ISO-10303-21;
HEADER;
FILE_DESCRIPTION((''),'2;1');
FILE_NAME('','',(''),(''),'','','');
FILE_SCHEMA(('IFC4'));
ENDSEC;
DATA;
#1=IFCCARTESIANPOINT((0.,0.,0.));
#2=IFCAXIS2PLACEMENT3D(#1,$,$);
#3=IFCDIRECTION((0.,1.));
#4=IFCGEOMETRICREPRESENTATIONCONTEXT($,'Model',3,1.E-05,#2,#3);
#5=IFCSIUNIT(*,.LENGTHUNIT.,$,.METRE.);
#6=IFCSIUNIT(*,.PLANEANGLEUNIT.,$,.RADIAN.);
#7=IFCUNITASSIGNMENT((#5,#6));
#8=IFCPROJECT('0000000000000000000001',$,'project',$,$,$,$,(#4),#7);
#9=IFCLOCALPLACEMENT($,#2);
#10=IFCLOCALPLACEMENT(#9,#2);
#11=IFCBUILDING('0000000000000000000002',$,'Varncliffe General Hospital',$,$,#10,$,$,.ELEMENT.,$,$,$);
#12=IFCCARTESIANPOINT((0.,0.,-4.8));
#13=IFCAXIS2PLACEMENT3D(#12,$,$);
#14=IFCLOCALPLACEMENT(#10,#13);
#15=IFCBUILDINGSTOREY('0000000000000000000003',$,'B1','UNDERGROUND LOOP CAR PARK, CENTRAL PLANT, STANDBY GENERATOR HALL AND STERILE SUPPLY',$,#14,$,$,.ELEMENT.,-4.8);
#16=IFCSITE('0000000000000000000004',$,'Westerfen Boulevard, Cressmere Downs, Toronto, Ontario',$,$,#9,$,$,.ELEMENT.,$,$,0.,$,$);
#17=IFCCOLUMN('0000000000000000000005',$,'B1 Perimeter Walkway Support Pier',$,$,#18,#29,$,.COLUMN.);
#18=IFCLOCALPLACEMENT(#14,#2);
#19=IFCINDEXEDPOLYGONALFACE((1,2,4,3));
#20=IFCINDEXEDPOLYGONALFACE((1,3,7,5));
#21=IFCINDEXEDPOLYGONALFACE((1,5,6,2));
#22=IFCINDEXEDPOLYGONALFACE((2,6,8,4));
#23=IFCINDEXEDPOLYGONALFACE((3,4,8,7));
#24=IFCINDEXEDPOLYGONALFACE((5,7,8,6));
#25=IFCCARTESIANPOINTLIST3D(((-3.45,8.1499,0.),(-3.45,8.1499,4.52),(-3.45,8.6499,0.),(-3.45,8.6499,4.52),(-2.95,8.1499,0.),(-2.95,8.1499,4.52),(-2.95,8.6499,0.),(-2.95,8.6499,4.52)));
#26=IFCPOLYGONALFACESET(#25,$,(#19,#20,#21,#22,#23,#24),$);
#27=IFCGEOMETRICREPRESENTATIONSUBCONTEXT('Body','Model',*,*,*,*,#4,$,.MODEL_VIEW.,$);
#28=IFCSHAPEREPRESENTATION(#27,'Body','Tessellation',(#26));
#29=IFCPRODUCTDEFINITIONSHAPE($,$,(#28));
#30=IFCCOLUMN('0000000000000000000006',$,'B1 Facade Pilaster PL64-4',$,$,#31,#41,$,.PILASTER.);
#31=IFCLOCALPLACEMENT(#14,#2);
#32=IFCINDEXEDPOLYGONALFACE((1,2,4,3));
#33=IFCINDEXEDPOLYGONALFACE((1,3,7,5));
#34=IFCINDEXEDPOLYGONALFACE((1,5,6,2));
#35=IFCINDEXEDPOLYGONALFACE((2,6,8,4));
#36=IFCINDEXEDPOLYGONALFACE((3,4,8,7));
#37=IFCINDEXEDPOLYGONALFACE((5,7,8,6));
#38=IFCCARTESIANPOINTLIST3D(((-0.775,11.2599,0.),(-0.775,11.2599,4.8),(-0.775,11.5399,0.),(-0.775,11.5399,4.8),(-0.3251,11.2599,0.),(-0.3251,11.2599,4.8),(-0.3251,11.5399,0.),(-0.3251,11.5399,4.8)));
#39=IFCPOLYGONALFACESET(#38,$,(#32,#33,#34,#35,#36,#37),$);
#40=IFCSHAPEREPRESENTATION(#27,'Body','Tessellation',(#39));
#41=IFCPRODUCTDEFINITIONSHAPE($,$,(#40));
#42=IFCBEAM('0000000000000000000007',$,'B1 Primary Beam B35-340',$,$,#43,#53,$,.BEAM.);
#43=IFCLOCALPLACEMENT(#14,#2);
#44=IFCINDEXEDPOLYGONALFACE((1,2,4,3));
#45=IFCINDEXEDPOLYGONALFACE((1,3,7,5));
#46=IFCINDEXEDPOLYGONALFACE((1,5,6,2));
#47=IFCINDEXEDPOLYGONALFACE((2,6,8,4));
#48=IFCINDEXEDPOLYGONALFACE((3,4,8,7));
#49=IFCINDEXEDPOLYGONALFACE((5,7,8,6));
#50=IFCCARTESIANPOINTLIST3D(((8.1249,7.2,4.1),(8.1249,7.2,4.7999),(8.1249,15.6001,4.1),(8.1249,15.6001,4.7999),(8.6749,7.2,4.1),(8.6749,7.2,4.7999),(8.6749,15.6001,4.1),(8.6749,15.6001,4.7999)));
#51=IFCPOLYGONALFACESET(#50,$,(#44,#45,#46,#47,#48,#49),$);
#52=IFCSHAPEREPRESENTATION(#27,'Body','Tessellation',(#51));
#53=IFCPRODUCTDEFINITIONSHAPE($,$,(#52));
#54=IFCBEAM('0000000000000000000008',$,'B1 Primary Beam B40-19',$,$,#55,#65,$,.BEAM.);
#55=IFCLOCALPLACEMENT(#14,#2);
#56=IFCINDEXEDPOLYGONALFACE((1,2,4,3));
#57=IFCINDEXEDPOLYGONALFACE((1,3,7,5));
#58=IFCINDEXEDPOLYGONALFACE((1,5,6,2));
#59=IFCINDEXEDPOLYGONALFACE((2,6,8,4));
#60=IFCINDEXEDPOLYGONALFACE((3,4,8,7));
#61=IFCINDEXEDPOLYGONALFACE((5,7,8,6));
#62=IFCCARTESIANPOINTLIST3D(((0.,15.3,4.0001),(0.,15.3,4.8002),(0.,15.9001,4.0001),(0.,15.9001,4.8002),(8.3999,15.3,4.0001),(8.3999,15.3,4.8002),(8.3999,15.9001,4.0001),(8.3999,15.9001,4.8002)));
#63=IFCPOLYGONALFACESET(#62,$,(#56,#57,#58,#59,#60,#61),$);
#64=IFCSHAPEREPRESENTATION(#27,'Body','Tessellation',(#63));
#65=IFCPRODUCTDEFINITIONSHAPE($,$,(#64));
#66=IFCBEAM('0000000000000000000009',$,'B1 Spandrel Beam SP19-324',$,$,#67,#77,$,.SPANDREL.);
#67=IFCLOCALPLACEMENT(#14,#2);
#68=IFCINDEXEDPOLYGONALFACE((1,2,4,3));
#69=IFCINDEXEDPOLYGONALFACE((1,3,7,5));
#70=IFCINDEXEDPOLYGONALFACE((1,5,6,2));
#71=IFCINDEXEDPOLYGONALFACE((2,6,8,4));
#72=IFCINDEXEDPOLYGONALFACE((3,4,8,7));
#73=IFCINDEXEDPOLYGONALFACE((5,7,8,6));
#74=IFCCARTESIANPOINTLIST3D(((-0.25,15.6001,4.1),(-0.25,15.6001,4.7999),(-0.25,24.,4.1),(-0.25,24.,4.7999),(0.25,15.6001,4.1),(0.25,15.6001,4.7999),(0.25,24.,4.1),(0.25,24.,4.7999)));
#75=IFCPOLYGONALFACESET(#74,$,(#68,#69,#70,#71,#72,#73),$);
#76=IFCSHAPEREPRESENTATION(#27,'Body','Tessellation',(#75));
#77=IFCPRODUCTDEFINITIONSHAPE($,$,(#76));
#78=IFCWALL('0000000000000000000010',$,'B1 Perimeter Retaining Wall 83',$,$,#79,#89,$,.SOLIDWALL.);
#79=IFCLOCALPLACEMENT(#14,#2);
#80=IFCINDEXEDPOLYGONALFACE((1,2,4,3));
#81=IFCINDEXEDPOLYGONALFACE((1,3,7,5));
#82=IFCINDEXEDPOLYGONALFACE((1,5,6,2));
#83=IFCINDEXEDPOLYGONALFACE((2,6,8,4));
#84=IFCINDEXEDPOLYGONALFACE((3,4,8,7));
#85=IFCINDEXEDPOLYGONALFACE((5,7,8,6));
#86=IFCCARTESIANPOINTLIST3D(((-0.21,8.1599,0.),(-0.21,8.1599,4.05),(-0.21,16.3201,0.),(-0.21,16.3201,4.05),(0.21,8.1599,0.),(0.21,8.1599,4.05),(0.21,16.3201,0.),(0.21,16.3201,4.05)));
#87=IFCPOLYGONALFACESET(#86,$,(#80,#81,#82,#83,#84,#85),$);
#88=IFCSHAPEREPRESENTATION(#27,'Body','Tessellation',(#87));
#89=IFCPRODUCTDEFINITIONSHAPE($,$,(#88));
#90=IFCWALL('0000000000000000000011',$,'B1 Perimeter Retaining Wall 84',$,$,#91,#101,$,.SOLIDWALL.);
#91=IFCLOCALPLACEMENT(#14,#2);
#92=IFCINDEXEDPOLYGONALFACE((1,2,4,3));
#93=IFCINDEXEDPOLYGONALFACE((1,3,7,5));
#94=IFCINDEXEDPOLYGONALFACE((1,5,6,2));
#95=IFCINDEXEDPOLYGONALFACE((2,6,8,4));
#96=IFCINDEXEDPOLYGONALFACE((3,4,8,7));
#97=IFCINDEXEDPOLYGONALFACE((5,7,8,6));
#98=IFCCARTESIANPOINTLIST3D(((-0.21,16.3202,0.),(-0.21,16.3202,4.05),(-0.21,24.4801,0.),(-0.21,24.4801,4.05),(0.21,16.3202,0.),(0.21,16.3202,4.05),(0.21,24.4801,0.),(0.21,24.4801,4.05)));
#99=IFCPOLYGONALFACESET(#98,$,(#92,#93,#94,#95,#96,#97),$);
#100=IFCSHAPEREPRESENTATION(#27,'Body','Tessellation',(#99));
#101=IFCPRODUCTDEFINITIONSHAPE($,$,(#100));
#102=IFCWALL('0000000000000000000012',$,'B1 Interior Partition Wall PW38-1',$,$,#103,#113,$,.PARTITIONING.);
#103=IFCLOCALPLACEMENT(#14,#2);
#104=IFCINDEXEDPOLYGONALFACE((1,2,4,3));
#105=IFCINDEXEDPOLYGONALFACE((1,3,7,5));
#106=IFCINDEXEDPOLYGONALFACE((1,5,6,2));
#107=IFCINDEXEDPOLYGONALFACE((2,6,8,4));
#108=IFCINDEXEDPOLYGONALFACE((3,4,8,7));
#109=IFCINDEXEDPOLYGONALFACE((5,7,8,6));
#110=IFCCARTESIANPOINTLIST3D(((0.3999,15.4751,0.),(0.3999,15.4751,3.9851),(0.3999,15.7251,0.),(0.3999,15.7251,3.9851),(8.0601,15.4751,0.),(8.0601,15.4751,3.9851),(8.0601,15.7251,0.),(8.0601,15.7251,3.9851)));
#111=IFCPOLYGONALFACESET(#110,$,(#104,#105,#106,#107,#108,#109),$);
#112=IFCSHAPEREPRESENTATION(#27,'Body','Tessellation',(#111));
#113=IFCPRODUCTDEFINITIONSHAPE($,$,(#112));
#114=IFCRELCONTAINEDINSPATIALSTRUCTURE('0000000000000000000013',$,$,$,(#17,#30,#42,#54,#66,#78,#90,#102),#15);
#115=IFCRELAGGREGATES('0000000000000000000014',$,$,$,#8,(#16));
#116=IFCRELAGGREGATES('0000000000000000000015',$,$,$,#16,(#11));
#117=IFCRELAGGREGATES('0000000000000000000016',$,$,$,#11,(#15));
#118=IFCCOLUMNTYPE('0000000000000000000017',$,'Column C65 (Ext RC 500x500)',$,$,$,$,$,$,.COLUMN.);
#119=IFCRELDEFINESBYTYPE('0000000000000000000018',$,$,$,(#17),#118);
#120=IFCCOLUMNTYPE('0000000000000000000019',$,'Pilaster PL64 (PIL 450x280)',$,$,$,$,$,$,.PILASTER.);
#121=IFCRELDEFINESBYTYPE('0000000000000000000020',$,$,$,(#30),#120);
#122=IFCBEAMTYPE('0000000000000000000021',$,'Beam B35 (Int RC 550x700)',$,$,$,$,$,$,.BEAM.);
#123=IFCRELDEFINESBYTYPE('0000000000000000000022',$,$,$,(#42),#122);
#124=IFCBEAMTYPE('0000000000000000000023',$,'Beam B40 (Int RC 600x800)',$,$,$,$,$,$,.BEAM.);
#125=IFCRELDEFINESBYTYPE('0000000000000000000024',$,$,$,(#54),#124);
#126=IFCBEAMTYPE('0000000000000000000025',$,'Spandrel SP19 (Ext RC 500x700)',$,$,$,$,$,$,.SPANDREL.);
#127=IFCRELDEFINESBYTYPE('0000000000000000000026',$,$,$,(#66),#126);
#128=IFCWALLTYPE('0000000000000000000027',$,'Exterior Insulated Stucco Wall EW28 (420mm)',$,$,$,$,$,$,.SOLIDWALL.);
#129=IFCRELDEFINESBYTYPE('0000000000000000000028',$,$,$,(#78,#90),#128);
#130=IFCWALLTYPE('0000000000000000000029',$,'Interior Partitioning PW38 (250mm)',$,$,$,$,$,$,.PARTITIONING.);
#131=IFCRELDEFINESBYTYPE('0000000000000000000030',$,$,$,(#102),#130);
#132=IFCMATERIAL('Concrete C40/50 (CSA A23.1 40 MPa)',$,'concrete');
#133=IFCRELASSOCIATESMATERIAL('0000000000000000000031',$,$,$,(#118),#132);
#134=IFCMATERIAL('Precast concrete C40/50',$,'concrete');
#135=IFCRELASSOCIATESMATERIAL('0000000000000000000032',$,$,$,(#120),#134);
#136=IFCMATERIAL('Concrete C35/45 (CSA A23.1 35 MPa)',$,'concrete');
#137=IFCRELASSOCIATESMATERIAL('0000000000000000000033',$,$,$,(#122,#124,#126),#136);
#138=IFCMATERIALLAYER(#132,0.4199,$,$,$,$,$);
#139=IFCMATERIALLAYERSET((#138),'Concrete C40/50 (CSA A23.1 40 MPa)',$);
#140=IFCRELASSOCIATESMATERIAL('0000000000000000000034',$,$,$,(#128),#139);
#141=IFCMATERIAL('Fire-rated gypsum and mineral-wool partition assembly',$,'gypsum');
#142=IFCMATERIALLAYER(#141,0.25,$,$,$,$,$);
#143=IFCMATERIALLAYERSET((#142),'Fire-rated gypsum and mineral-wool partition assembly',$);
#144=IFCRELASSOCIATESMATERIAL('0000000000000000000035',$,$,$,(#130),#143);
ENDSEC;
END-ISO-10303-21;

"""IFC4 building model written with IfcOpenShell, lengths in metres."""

from ifc_helpers import new_model, si_unit, direction, frame, frame_2d, origin, origin_2d, place, context, subcontext, project, spatial, rectangle, extrude, material, layer, layer_set, material_profile, profile_set, type_object, element, save


model = new_model("IFC4")

# Units and contexts
model_context = context("Model", 3, precision=1e-05, world=origin(), true_north=direction((0.0, 1.0)))
body_context = subcontext(model_context, "Body", "Model", "MODEL_VIEW")
ifc_project = project(units=[si_unit("LENGTHUNIT", "METRE"), si_unit("PLANEANGLEUNIT", "RADIAN")], contexts=[model_context])

# Site, building, storey
site_placement = place(None, origin())
site = spatial("IfcSite", under=ifc_project, at=site_placement, Name="Westerfen Boulevard, Cressmere Downs, Toronto, Ontario", CompositionType="ELEMENT", RefElevation=0.0)
building_placement = place(site_placement, origin())
building = spatial("IfcBuilding", under=site, at=building_placement, Name="Varncliffe General Hospital", CompositionType="ELEMENT")
storey_placement = place(building_placement, frame((0.0, 0.0, -4.8)))
storey = spatial("IfcBuildingStorey", under=building, at=storey_placement, Name="B1", Description="UNDERGROUND LOOP CAR PARK, CENTRAL PLANT, STANDBY GENERATOR HALL AND STERILE SUPPLY", CompositionType="ELEMENT", Elevation=-4.8)

# Shared definitions
ifc_material_1 = material(Name="Concrete C40/50 (CSA A23.1 40 MPa)", Category="concrete")

# Columns
ifc_material_profile_1 = material_profile(ifc_material_1, rectangle(XDim=0.5, YDim=0.5, at=origin_2d()), Name="RC 500x500")
ifc_profile_set_1 = profile_set([ifc_material_profile_1], Name="Concrete C40/50 (CSA A23.1 40 MPa)")
column_type_1 = type_object("IfcColumnType", Name="Column C65 (Ext RC 500x500)", PredefinedType="COLUMN", material=ifc_profile_set_1)
column_1_placement = place(storey_placement, frame((-3.2, 8.3999, 0.0), z_axis=(0.0, 0.0, 1.0), x_axis=(1.0, 0.0, 0.0)))
element("IfcColumn", 1, at=column_1_placement, inside=storey, type_object=column_type_1, Name="B1 Perimeter Walkway Support Pier", PredefinedType="COLUMN", context=body_context, shape_type="SweptSolid", body=[
    extrude(rectangle(XDim=0.5, YDim=0.5, at=origin_2d()), origin(), (0.0, 0.0, 1.0), 4.52),
])
ifc_material_2 = material(Name="Precast concrete C40/50", Category="concrete")
ifc_material_profile_2 = material_profile(ifc_material_2, rectangle(XDim=0.45, YDim=0.28, at=origin_2d()), Name="PIL 450x280")
ifc_profile_set_2 = profile_set([ifc_material_profile_2], Name="Precast concrete C40/50")
column_type_2 = type_object("IfcColumnType", Name="Pilaster PL64 (PIL 450x280)", PredefinedType="PILASTER", material=ifc_profile_set_2)
column_2_placement = place(storey_placement, frame((-0.55, 11.3999, 0.0), z_axis=(0.0, 0.0, 1.0), x_axis=(1.0, 0.0, 0.0)))
element("IfcColumn", 2, at=column_2_placement, inside=storey, type_object=column_type_2, Name="B1 Facade Pilaster PL64-4", PredefinedType="PILASTER", context=body_context, shape_type="SweptSolid", body=[
    extrude(rectangle(XDim=0.45, YDim=0.28, at=origin_2d()), origin(), (0.0, 0.0, 1.0), 4.8),
])

# Beams
ifc_material_3 = material(Name="Concrete C35/45 (CSA A23.1 35 MPa)", Category="concrete")
ifc_material_profile_3 = material_profile(ifc_material_3, rectangle(XDim=0.55, YDim=0.7, at=origin_2d()), Name="RC 550x700")
ifc_profile_set_3 = profile_set([ifc_material_profile_3], Name="Concrete C35/45 (CSA A23.1 35 MPa)")
beam_type_1 = type_object("IfcBeamType", Name="Beam B35 (Int RC 550x700)", PredefinedType="BEAM", material=ifc_profile_set_3)
beam_1_placement = place(storey_placement, frame((8.3999, 7.2, 4.45), z_axis=(0.0, 1.0, 0.0), x_axis=(-1.0, 0.0, 0.0)))
element("IfcBeam", 3, at=beam_1_placement, inside=storey, type_object=beam_type_1, Name="B1 Primary Beam B35-340", PredefinedType="BEAM", context=body_context, shape_type="SweptSolid", body=[
    extrude(rectangle(XDim=0.55, YDim=0.7, at=origin_2d()), origin(), (0.0, 0.0, 1.0), 8.4001),
])
ifc_material_profile_4 = material_profile(ifc_material_3, rectangle(XDim=0.6001, YDim=0.8, at=origin_2d()), Name="RC 600x800")
ifc_profile_set_4 = profile_set([ifc_material_profile_4], Name="Concrete C35/45 (CSA A23.1 35 MPa)")
beam_type_2 = type_object("IfcBeamType", Name="Beam B40 (Int RC 600x800)", PredefinedType="BEAM", material=ifc_profile_set_4)
beam_2_placement = place(storey_placement, frame((0.0, 15.6001, 4.4001), z_axis=(1.0, 0.0, 0.0), x_axis=(0.0, 1.0, 0.0)))
element("IfcBeam", 4, at=beam_2_placement, inside=storey, type_object=beam_type_2, Name="B1 Primary Beam B40-19", PredefinedType="BEAM", context=body_context, shape_type="SweptSolid", body=[
    extrude(rectangle(XDim=0.6001, YDim=0.8, at=origin_2d()), origin(), (0.0, 0.0, 1.0), 8.3999),
])
ifc_material_profile_5 = material_profile(ifc_material_3, rectangle(XDim=0.5, YDim=0.7, at=origin_2d()), Name="RC 500x700")
ifc_profile_set_5 = profile_set([ifc_material_profile_5], Name="Concrete C35/45 (CSA A23.1 35 MPa)")
beam_type_3 = type_object("IfcBeamType", Name="Spandrel SP19 (Ext RC 500x700)", PredefinedType="SPANDREL", material=ifc_profile_set_5)
beam_3_placement = place(storey_placement, frame((0.0, 15.6001, 4.45), z_axis=(0.0, 1.0, 0.0), x_axis=(-1.0, 0.0, 0.0)))
element("IfcBeam", 5, at=beam_3_placement, inside=storey, type_object=beam_type_3, Name="B1 Spandrel Beam SP19-324", PredefinedType="SPANDREL", context=body_context, shape_type="SweptSolid", body=[
    extrude(rectangle(XDim=0.5, YDim=0.7, at=origin_2d()), origin(), (0.0, 0.0, 1.0), 8.3999),
])

# Walls
ifc_layer_1 = layer(ifc_material_1, 0.4199)
ifc_layer_set_1 = layer_set([ifc_layer_1], Name="Concrete C40/50 (CSA A23.1 40 MPa)")
wall_type_1 = type_object("IfcWallType", Name="Exterior Insulated Stucco Wall EW28 (420mm)", PredefinedType="SOLIDWALL", material=ifc_layer_set_1)
wall_1_placement = place(storey_placement, frame((0.0, 8.1599, 0.0), z_axis=(0.0, 0.0, 1.0), x_axis=(0.0, 1.0, 0.0)))
element("IfcWall", 6, at=wall_1_placement, inside=storey, type_object=wall_type_1, Name="B1 Perimeter Retaining Wall 83", PredefinedType="SOLIDWALL", context=body_context, shape_type="SweptSolid", body=[
    extrude(rectangle(XDim=8.1602, YDim=0.4199, at=frame_2d((4.0801, 0.0))), origin(), (0.0, 0.0, 1.0), 4.05),
])
wall_2_placement = place(storey_placement, frame((0.0, 16.3201, 0.0), z_axis=(0.0, 0.0, 1.0), x_axis=(0.0, 1.0, 0.0)))
element("IfcWall", 7, at=wall_2_placement, inside=storey, type_object=wall_type_1, Name="B1 Perimeter Retaining Wall 84", PredefinedType="SOLIDWALL", context=body_context, shape_type="SweptSolid", body=[
    extrude(rectangle(XDim=8.1599, YDim=0.4199, at=frame_2d((4.0801, 0.0))), origin(), (0.0, 0.0, 1.0), 4.05),
])
ifc_material_4 = material(Name="Fire-rated gypsum and mineral-wool partition assembly", Category="gypsum")
ifc_layer_2 = layer(ifc_material_4, 0.25)
ifc_layer_set_2 = layer_set([ifc_layer_2], Name="Fire-rated gypsum and mineral-wool partition assembly")
wall_type_2 = type_object("IfcWallType", Name="Interior Partitioning PW38 (250mm)", PredefinedType="PARTITIONING", material=ifc_layer_set_2)
wall_3_placement = place(storey_placement, frame((0.3999, 15.6001, 0.0), z_axis=(0.0, 0.0, 1.0), x_axis=(1.0, 0.0, 0.0)))
element("IfcWall", 8, at=wall_3_placement, inside=storey, type_object=wall_type_2, Name="B1 Interior Partition Wall PW38-1", PredefinedType="PARTITIONING", context=body_context, shape_type="SweptSolid", body=[
    extrude(rectangle(XDim=7.6602, YDim=0.25, at=frame_2d((3.8301, 0.0))), origin(), (0.0, 0.0, 1.0), 3.9851),
])

save(model, "model.ifc")
